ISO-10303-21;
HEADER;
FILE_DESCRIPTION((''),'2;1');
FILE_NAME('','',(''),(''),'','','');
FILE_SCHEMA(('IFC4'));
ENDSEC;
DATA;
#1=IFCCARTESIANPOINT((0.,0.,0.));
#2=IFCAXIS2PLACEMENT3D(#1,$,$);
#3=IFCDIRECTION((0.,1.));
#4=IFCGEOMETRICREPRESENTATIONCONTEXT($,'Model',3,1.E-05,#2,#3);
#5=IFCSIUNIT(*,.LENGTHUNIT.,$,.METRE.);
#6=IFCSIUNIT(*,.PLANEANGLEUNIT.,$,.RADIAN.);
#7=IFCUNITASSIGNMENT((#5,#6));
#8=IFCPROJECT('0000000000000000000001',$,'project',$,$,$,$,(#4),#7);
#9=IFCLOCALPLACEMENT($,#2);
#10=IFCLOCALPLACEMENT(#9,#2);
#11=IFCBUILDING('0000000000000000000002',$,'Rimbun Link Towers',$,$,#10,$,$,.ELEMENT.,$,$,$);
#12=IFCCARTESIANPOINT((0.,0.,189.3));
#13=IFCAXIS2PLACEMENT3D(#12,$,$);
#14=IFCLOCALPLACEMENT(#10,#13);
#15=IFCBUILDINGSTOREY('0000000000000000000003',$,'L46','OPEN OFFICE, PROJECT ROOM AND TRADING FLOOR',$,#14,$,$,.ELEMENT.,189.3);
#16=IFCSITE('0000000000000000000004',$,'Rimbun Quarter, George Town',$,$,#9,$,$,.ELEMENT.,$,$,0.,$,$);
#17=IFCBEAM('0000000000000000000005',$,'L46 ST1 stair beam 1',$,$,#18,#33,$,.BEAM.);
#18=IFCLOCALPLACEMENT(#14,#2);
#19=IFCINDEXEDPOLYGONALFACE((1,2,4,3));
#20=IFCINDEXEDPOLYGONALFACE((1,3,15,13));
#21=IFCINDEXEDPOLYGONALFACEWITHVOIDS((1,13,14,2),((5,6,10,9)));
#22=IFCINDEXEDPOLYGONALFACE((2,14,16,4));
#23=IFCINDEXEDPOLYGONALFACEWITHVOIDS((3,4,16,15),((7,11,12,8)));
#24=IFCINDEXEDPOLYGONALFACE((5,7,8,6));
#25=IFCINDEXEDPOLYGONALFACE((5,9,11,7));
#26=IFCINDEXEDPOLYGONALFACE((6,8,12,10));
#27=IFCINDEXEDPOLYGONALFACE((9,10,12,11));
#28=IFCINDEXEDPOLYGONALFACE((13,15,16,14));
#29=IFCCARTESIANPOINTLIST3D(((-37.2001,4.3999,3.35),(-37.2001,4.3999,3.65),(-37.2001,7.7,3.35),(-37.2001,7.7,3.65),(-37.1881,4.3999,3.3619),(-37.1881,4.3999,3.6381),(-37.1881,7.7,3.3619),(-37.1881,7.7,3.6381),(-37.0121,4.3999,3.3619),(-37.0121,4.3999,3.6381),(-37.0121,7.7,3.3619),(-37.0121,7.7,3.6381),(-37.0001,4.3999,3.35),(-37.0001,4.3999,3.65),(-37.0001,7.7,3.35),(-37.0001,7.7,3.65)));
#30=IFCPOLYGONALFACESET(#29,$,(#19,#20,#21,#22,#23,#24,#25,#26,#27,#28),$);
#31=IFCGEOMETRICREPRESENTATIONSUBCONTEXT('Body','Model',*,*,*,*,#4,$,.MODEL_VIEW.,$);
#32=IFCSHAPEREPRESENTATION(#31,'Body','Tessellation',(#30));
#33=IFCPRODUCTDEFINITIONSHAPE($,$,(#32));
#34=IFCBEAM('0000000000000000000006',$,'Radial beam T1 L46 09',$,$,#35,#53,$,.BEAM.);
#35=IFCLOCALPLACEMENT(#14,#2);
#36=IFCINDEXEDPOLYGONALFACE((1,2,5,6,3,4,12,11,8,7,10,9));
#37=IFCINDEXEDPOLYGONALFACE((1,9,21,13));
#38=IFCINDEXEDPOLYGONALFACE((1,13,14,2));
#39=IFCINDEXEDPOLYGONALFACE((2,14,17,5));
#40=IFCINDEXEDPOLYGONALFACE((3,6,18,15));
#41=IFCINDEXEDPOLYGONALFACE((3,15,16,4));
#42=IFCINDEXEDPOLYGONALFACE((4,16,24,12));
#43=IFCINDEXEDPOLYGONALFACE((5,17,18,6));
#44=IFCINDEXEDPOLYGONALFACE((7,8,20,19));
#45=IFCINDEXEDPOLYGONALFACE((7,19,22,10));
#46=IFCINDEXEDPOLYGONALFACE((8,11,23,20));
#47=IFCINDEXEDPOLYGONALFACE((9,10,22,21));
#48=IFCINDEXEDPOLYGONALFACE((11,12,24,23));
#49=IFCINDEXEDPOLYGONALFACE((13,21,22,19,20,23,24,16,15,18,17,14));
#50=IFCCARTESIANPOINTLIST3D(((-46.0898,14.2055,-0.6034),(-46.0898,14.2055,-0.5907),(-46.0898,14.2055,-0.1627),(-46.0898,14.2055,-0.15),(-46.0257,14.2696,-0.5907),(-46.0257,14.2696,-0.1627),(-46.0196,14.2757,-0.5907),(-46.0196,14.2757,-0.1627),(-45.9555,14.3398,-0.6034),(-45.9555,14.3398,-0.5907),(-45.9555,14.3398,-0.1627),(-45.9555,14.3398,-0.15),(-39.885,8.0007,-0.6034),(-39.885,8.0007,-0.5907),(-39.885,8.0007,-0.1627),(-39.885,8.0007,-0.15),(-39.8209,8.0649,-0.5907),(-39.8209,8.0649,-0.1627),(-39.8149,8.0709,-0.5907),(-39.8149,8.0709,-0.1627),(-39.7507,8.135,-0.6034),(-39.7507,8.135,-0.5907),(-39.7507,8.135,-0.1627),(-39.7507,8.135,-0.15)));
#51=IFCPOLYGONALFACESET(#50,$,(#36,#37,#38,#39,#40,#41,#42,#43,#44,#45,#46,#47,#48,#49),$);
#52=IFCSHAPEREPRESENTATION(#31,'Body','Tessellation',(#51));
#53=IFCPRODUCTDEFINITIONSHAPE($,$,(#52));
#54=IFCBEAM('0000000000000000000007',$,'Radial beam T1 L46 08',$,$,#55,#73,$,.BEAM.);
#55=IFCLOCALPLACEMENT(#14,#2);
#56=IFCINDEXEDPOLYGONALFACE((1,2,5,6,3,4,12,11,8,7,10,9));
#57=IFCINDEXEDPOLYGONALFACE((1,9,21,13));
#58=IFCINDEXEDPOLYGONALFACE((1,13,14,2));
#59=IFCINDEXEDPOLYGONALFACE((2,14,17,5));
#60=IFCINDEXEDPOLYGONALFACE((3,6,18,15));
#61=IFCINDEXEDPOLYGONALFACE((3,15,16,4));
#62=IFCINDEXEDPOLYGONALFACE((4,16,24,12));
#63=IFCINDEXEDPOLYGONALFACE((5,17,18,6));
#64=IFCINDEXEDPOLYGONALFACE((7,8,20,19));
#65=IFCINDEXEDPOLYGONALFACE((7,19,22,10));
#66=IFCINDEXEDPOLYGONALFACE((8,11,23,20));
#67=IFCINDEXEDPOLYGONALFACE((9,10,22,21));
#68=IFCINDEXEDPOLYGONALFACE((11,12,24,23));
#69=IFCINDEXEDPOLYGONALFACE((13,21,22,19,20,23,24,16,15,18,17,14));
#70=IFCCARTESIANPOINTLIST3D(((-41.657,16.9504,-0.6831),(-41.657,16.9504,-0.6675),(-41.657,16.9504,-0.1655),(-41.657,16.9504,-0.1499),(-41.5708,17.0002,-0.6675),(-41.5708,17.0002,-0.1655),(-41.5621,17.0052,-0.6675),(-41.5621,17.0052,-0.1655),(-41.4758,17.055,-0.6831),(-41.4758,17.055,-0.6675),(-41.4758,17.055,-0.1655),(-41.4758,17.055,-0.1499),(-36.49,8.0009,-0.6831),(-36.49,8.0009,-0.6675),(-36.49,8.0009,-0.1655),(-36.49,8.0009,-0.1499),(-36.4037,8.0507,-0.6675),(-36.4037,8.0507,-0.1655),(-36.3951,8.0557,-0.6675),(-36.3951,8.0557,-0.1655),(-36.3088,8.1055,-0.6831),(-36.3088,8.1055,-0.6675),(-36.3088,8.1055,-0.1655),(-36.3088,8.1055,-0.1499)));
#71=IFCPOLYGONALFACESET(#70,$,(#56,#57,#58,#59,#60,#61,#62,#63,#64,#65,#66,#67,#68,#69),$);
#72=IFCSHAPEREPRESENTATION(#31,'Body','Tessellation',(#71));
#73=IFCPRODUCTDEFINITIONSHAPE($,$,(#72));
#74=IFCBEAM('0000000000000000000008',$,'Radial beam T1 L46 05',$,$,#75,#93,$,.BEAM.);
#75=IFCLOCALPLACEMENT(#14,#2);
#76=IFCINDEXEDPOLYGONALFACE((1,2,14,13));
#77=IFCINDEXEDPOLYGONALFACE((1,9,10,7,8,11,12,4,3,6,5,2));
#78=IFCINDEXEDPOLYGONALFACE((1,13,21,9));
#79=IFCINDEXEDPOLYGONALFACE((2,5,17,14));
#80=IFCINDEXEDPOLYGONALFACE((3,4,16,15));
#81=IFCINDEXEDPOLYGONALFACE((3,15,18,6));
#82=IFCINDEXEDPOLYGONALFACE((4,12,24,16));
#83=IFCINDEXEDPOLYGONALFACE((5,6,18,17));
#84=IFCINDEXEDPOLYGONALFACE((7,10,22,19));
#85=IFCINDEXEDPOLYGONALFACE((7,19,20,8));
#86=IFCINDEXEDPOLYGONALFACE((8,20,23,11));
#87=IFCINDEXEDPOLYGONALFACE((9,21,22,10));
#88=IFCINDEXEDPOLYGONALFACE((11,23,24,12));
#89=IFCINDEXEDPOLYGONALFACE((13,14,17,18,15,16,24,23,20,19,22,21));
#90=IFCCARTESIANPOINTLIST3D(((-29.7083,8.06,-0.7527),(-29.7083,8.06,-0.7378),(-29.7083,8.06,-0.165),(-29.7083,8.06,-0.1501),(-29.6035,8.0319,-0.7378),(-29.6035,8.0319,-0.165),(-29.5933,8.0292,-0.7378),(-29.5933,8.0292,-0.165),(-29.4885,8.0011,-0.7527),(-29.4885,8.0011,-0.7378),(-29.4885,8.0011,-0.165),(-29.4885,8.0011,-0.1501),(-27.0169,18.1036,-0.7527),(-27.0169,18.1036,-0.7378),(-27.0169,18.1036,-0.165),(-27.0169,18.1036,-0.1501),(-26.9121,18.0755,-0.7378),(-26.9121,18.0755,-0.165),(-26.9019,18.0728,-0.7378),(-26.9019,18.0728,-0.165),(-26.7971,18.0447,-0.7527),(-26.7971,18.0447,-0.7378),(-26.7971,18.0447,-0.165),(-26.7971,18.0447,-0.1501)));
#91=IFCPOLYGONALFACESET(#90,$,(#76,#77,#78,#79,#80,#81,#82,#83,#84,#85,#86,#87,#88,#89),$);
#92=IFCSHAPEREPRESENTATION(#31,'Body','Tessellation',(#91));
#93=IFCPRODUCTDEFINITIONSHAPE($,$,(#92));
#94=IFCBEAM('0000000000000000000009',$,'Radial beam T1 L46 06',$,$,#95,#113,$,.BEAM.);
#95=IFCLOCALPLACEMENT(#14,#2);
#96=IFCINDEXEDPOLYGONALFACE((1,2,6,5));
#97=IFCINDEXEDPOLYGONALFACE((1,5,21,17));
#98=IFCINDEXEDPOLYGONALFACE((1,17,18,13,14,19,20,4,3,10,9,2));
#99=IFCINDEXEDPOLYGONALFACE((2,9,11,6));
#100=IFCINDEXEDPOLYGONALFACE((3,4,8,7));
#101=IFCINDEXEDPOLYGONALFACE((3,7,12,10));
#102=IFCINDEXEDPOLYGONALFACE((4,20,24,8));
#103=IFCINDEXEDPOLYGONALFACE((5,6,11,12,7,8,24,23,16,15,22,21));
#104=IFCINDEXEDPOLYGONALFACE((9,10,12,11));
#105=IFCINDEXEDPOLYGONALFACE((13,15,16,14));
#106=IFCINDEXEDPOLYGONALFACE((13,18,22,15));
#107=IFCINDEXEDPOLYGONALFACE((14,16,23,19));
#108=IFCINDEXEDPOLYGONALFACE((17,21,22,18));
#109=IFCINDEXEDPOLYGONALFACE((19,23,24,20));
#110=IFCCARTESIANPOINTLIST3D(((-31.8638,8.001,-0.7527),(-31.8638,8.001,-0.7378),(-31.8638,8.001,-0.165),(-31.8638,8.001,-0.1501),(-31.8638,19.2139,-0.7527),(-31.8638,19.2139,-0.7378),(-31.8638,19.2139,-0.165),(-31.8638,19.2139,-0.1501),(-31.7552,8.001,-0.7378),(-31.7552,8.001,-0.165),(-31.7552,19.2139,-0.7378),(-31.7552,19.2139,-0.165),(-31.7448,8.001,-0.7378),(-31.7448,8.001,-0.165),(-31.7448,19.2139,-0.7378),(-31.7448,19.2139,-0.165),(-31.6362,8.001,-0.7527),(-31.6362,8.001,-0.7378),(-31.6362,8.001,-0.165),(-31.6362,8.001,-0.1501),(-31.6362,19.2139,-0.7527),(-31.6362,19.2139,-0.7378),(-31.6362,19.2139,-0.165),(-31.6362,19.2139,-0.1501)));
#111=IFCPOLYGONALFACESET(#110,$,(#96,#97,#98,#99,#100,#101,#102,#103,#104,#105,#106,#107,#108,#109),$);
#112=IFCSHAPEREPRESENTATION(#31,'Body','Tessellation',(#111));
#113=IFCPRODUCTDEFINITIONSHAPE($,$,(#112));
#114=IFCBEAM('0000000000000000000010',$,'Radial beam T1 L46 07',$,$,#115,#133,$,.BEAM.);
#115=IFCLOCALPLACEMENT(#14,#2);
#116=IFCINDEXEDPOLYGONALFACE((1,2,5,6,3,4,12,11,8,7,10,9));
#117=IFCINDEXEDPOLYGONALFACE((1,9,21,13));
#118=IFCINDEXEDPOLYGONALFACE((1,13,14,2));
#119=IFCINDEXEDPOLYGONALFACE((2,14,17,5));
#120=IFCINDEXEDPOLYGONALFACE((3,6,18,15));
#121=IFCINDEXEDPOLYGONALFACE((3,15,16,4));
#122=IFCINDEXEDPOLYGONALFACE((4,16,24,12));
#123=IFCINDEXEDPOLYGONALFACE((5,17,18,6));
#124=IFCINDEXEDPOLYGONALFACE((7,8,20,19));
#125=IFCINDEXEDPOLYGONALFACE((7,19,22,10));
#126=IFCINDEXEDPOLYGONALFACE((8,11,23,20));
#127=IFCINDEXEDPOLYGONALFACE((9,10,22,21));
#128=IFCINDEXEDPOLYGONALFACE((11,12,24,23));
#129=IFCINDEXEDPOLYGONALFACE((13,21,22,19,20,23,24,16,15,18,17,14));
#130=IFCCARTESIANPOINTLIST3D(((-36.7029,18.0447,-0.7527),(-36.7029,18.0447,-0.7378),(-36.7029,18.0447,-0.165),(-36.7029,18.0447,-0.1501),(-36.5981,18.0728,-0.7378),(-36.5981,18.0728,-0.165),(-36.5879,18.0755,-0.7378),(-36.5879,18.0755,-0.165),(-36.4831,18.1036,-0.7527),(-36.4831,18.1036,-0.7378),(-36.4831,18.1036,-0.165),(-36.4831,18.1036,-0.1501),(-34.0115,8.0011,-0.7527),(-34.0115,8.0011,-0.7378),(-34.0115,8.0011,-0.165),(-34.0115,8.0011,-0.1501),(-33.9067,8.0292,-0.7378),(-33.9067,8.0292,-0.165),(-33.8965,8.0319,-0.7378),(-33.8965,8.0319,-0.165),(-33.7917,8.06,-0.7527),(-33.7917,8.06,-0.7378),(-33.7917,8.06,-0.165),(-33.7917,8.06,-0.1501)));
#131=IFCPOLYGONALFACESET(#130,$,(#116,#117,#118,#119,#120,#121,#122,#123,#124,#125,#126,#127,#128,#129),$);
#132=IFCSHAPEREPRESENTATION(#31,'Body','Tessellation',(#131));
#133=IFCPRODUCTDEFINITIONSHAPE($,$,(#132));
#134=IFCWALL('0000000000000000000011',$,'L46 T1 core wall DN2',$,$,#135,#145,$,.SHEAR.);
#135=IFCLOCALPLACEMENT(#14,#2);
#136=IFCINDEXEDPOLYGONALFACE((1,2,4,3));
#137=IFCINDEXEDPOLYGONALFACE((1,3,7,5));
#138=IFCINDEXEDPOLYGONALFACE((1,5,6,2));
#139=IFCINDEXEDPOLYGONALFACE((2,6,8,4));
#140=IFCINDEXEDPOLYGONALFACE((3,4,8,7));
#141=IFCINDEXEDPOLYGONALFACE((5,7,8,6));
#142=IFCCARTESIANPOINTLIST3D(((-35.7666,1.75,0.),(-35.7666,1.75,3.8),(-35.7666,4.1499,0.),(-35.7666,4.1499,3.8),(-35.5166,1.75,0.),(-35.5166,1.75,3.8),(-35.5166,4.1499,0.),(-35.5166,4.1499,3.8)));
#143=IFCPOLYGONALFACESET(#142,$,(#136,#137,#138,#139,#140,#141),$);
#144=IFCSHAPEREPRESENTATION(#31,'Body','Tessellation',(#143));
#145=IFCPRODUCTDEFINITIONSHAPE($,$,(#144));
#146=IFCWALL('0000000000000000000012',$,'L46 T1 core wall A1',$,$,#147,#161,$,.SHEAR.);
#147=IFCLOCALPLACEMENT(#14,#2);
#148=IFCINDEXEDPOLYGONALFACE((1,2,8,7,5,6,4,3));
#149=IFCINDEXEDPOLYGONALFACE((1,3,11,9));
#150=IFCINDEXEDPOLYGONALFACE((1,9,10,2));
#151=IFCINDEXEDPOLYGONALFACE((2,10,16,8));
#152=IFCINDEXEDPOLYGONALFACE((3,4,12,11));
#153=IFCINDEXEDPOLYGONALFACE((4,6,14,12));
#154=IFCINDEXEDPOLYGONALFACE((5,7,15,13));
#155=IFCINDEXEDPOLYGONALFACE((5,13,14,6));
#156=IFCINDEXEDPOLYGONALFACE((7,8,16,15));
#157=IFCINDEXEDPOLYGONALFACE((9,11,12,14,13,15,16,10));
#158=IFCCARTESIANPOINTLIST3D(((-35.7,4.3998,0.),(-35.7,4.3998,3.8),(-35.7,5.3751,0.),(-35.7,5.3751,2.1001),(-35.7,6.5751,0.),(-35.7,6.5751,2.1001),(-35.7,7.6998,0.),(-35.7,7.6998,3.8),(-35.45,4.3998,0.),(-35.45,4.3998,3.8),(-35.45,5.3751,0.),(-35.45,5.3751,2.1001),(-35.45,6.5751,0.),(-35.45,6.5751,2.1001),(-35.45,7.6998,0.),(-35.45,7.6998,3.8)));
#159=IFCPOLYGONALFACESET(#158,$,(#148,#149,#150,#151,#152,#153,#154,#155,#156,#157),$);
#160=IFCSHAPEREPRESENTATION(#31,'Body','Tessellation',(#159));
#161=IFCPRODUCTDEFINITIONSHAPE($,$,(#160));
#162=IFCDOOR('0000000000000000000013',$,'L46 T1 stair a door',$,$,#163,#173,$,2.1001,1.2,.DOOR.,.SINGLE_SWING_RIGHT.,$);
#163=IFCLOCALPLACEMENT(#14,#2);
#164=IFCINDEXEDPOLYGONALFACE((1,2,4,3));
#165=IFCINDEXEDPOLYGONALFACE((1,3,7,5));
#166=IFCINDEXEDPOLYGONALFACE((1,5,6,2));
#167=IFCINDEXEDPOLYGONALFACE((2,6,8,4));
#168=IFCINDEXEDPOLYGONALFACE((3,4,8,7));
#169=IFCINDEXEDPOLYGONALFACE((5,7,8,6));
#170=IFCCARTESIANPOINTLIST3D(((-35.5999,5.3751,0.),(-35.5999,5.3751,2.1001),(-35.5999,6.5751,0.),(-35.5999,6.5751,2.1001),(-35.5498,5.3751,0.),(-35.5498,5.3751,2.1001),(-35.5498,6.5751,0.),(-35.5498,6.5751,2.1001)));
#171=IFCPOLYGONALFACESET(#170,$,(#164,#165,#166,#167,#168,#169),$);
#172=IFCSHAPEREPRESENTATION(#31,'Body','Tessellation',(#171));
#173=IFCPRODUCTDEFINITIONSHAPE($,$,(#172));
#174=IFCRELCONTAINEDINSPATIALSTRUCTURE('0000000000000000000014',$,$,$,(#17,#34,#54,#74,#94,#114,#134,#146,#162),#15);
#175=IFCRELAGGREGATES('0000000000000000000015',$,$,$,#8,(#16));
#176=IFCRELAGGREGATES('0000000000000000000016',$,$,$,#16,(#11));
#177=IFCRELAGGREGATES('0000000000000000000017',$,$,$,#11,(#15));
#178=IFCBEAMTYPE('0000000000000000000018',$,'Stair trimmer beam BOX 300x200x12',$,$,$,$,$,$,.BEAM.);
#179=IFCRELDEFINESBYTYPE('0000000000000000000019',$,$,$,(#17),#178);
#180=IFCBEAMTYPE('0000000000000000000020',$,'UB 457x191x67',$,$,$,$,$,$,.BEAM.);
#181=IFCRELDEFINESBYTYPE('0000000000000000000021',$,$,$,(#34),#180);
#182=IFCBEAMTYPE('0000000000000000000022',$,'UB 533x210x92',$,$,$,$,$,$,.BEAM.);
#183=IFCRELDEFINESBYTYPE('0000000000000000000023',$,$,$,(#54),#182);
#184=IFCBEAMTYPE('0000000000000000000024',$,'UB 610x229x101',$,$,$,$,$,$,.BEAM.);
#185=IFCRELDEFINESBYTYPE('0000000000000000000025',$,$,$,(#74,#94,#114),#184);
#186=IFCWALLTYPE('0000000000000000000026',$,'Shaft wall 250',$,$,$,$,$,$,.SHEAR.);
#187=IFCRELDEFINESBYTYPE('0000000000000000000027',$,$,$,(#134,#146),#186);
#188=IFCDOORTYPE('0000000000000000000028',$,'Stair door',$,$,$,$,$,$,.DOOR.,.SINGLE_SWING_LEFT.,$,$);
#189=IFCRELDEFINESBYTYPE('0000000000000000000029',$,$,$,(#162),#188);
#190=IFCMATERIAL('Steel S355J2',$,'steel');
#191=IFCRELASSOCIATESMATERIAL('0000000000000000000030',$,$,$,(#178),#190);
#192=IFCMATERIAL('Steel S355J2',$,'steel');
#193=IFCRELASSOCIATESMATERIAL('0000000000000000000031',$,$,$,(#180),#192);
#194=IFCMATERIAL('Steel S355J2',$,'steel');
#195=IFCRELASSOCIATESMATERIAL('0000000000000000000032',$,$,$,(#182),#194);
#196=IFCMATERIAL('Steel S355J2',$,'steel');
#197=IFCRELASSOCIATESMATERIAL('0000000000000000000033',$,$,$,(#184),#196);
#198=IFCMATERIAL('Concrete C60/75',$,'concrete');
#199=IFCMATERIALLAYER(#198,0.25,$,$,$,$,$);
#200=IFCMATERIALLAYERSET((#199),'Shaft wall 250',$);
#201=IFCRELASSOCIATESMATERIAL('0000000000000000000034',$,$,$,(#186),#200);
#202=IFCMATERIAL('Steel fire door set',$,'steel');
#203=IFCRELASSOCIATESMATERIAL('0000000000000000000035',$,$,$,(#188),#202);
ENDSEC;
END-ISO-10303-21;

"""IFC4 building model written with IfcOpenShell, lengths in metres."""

from ifc_helpers import new_model, si_unit, direction, frame, frame_2d, origin, origin_2d, place, context, subcontext, project, spatial, rectangle, hollow_rectangle, i_section, extrude, material, layer, layer_set, material_profile, profile_set, type_object, element, fill, save


model = new_model("IFC4")

# Units and contexts
model_context = context("Model", 3, precision=1e-05, world=origin(), true_north=direction((0.0, 1.0)))
body_context = subcontext(model_context, "Body", "Model", "MODEL_VIEW")
ifc_project = project(units=[si_unit("LENGTHUNIT", "METRE"), si_unit("PLANEANGLEUNIT", "RADIAN")], contexts=[model_context])

# Site, building, storey
site_placement = place(None, origin())
site = spatial("IfcSite", under=ifc_project, at=site_placement, Name="Rimbun Quarter, George Town", CompositionType="ELEMENT", RefElevation=0.0)
building_placement = place(site_placement, origin())
building = spatial("IfcBuilding", under=site, at=building_placement, Name="Rimbun Link Towers", CompositionType="ELEMENT")
storey_placement = place(building_placement, frame((0.0, 0.0, 189.3)))
storey = spatial("IfcBuildingStorey", under=building, at=storey_placement, Name="L46", Description="OPEN OFFICE, PROJECT ROOM AND TRADING FLOOR", CompositionType="ELEMENT", Elevation=189.3)

# Beams
ifc_material_1 = material(Name="Steel S355J2", Category="steel")
ifc_material_profile_1 = material_profile(ifc_material_1, hollow_rectangle(XDim=0.2, YDim=0.3, WallThickness=0.012, at=origin_2d()), Name="BOX 300x200x12")
ifc_profile_set_1 = profile_set([ifc_material_profile_1], Name="Steel S355J2")
beam_type_1 = type_object("IfcBeamType", Name="Stair trimmer beam BOX 300x200x12", PredefinedType="BEAM", material=ifc_profile_set_1)
beam_1_placement = place(storey_placement, frame((-37.1001, 7.7, 3.5), z_axis=(0.0, -1.0, 0.0), x_axis=(1.0, 0.0, 0.0)))
element("IfcBeam", 1, at=beam_1_placement, inside=storey, type_object=beam_type_1, Name="L46 ST1 stair beam 1", PredefinedType="BEAM", context=body_context, shape_type="SweptSolid", body=[
    extrude(hollow_rectangle(XDim=0.2, YDim=0.3, WallThickness=0.012, at=origin_2d()), origin(), (0.0, 0.0, 1.0), 3.3),
])
ifc_material_2 = material(Name="Steel S355J2", Category="steel")
ifc_material_profile_2 = material_profile(ifc_material_2, i_section(OverallWidth=0.1899, OverallDepth=0.4534, WebThickness=0.0085, FlangeThickness=0.0127, at=origin_2d()), Name="UB 457x191x67")
ifc_profile_set_2 = profile_set([ifc_material_profile_2], Name="Steel S355J2")
beam_type_2 = type_object("IfcBeamType", Name="UB 457x191x67", PredefinedType="BEAM", material=ifc_profile_set_2)
beam_2_placement = place(storey_placement, frame((-39.8179, 8.0679, -0.3767), z_axis=(-0.707107, 0.707107, 0.0), x_axis=(-0.707107, -0.707107, 0.0)))
element("IfcBeam", 2, at=beam_2_placement, inside=storey, type_object=beam_type_2, Name="Radial beam T1 L46 09", PredefinedType="BEAM", context=body_context, shape_type="SweptSolid", body=[
    extrude(i_section(OverallWidth=0.1899, OverallDepth=0.4534, WebThickness=0.0085, FlangeThickness=0.0127, at=origin_2d()), origin(), (0.0, 0.0, 1.0), 8.7749),
])
ifc_material_3 = material(Name="Steel S355J2", Category="steel")
ifc_material_profile_3 = material_profile(ifc_material_3, i_section(OverallWidth=0.2092, OverallDepth=0.5332, WebThickness=0.01, FlangeThickness=0.0156, at=origin_2d()), Name="UB 533x210x92")
ifc_profile_set_3 = profile_set([ifc_material_profile_3], Name="Steel S355J2")
beam_type_3 = type_object("IfcBeamType", Name="UB 533x210x92", PredefinedType="BEAM", material=ifc_profile_set_3)
beam_3_placement = place(storey_placement, frame((-36.3994, 8.0532, -0.4165), z_axis=(-0.500001, 0.866025, 0.0), x_axis=(-0.866025, -0.500001, 0.0)))
element("IfcBeam", 3, at=beam_3_placement, inside=storey, type_object=beam_type_3, Name="Radial beam T1 L46 08", PredefinedType="BEAM", context=body_context, shape_type="SweptSolid", body=[
    extrude(i_section(OverallWidth=0.2092, OverallDepth=0.5332, WebThickness=0.01, FlangeThickness=0.0156, at=origin_2d()), origin(), (0.0, 0.0, 1.0), 10.334),
])
ifc_material_4 = material(Name="Steel S355J2", Category="steel")
ifc_material_profile_4 = material_profile(ifc_material_4, i_section(OverallWidth=0.2275, OverallDepth=0.6025, WebThickness=0.0105, FlangeThickness=0.0149, at=origin_2d()), Name="UB 610x229x101")
ifc_profile_set_4 = profile_set([ifc_material_profile_4], Name="Steel S355J2")
beam_type_4 = type_object("IfcBeamType", Name="UB 610x229x101", PredefinedType="BEAM", material=ifc_profile_set_4)
beam_4_placement = place(storey_placement, frame((-29.5984, 8.0305, -0.4514), z_axis=(0.258837, 0.965921, 0.0), x_axis=(-0.965921, 0.258837, 0.0)))
element("IfcBeam", 4, at=beam_4_placement, inside=storey, type_object=beam_type_4, Name="Radial beam T1 L46 05", PredefinedType="BEAM", context=body_context, shape_type="SweptSolid", body=[
    extrude(i_section(OverallWidth=0.2275, OverallDepth=0.6025, WebThickness=0.0105, FlangeThickness=0.0149, at=origin_2d()), origin(), (0.0, 0.0, 1.0), 10.3979),
])
beam_5_placement = place(storey_placement, frame((-31.75, 8.001, -0.4514), z_axis=(0.0, 1.0, 0.0), x_axis=(-1.0, 0.0, 0.0)))
element("IfcBeam", 5, at=beam_5_placement, inside=storey, type_object=beam_type_4, Name="Radial beam T1 L46 06", PredefinedType="BEAM", context=body_context, shape_type="SweptSolid", body=[
    extrude(i_section(OverallWidth=0.2275, OverallDepth=0.6025, WebThickness=0.0105, FlangeThickness=0.0149, at=origin_2d()), origin(), (0.0, 0.0, 1.0), 11.2129),
])
beam_6_placement = place(storey_placement, frame((-33.9016, 8.0305, -0.4514), z_axis=(-0.258837, 0.965921, 0.0), x_axis=(-0.965921, -0.258837, 0.0)))
element("IfcBeam", 6, at=beam_6_placement, inside=storey, type_object=beam_type_4, Name="Radial beam T1 L46 07", PredefinedType="BEAM", context=body_context, shape_type="SweptSolid", body=[
    extrude(i_section(OverallWidth=0.2275, OverallDepth=0.6025, WebThickness=0.0105, FlangeThickness=0.0149, at=origin_2d()), origin(), (0.0, 0.0, 1.0), 10.3979),
])

# Wall
ifc_material_5 = material(Name="Concrete C60/75", Category="concrete")
ifc_layer = layer(ifc_material_5, 0.25)
ifc_layer_set = layer_set([ifc_layer], Name="Shaft wall 250")
wall_type = type_object("IfcWallType", Name="Shaft wall 250", PredefinedType="SHEAR", material=ifc_layer_set)
wall_1_placement = place(storey_placement, frame((-35.6416, 1.75, 0.0), z_axis=(0.0, 0.0, 1.0), x_axis=(0.0, 1.0, 0.0)))
element("IfcWall", 7, at=wall_1_placement, inside=storey, type_object=wall_type, Name="L46 T1 core wall DN2", PredefinedType="SHEAR", context=body_context, shape_type="SweptSolid", body=[
    extrude(rectangle(XDim=2.3999, YDim=0.25, at=frame_2d((1.2, 0.0))), origin(), (0.0, 0.0, 1.0), 3.8),
])

# Wall, opening, door
wall_2_placement = place(storey_placement, frame((-35.575, 4.3999, 0.0), z_axis=(0.0, 0.0, 1.0), x_axis=(0.0, 1.0, 0.0)))
wall_2 = element("IfcWall", 8, at=wall_2_placement, inside=storey, type_object=wall_type, Name="L46 T1 core wall A1", PredefinedType="SHEAR", context=body_context, shape_type="SweptSolid", body=[
    extrude(rectangle(XDim=3.3, YDim=0.25, at=frame_2d((1.6499, 0.0))), origin(), (0.0, 0.0, 1.0), 3.8),
])
opening_1_placement = place(wall_2_placement, frame((0.9751, 0.0, 0.0)))
opening_1 = element("IfcOpeningElement", 9, at=opening_1_placement, cuts=wall_2, PredefinedType="OPENING", context=body_context, shape_type="SweptSolid", body=[
    extrude(rectangle(XDim=1.2, YDim=2.1001, at=frame_2d((0.6001, 1.05))), frame((0.0, 0.135, 0.0), z_axis=(0.0, -1.0, 0.0), x_axis=(1.0, 0.0, 0.0)), (0.0, 0.0, 1.0), 0.27),
])
ifc_material_6 = material(Name="Steel fire door set", Category="steel")
door_type_1 = type_object("IfcDoorType", Name="Stair door", OperationType="SINGLE_SWING_LEFT", PredefinedType="DOOR", material=ifc_material_6)
door_1_placement = place(opening_1_placement, origin())
door_1 = element("IfcDoor", 10, at=door_1_placement, inside=storey, type_object=door_type_1, Name="L46 T1 stair a door", OperationType="SINGLE_SWING_RIGHT", OverallHeight=2.1001, OverallWidth=1.2, PredefinedType="DOOR", context=body_context, shape_type="SweptSolid", body=[
    extrude(rectangle(XDim=1.2, YDim=2.1001, at=frame_2d((0.6001, 1.05))), frame((0.0, 0.0249, 0.0), z_axis=(0.0, -1.0, 0.0), x_axis=(1.0, 0.0, 0.0)), (0.0, 0.0, 1.0), 0.05),
])
fill(opening_1, door_1)

save(model, "model.ifc")
